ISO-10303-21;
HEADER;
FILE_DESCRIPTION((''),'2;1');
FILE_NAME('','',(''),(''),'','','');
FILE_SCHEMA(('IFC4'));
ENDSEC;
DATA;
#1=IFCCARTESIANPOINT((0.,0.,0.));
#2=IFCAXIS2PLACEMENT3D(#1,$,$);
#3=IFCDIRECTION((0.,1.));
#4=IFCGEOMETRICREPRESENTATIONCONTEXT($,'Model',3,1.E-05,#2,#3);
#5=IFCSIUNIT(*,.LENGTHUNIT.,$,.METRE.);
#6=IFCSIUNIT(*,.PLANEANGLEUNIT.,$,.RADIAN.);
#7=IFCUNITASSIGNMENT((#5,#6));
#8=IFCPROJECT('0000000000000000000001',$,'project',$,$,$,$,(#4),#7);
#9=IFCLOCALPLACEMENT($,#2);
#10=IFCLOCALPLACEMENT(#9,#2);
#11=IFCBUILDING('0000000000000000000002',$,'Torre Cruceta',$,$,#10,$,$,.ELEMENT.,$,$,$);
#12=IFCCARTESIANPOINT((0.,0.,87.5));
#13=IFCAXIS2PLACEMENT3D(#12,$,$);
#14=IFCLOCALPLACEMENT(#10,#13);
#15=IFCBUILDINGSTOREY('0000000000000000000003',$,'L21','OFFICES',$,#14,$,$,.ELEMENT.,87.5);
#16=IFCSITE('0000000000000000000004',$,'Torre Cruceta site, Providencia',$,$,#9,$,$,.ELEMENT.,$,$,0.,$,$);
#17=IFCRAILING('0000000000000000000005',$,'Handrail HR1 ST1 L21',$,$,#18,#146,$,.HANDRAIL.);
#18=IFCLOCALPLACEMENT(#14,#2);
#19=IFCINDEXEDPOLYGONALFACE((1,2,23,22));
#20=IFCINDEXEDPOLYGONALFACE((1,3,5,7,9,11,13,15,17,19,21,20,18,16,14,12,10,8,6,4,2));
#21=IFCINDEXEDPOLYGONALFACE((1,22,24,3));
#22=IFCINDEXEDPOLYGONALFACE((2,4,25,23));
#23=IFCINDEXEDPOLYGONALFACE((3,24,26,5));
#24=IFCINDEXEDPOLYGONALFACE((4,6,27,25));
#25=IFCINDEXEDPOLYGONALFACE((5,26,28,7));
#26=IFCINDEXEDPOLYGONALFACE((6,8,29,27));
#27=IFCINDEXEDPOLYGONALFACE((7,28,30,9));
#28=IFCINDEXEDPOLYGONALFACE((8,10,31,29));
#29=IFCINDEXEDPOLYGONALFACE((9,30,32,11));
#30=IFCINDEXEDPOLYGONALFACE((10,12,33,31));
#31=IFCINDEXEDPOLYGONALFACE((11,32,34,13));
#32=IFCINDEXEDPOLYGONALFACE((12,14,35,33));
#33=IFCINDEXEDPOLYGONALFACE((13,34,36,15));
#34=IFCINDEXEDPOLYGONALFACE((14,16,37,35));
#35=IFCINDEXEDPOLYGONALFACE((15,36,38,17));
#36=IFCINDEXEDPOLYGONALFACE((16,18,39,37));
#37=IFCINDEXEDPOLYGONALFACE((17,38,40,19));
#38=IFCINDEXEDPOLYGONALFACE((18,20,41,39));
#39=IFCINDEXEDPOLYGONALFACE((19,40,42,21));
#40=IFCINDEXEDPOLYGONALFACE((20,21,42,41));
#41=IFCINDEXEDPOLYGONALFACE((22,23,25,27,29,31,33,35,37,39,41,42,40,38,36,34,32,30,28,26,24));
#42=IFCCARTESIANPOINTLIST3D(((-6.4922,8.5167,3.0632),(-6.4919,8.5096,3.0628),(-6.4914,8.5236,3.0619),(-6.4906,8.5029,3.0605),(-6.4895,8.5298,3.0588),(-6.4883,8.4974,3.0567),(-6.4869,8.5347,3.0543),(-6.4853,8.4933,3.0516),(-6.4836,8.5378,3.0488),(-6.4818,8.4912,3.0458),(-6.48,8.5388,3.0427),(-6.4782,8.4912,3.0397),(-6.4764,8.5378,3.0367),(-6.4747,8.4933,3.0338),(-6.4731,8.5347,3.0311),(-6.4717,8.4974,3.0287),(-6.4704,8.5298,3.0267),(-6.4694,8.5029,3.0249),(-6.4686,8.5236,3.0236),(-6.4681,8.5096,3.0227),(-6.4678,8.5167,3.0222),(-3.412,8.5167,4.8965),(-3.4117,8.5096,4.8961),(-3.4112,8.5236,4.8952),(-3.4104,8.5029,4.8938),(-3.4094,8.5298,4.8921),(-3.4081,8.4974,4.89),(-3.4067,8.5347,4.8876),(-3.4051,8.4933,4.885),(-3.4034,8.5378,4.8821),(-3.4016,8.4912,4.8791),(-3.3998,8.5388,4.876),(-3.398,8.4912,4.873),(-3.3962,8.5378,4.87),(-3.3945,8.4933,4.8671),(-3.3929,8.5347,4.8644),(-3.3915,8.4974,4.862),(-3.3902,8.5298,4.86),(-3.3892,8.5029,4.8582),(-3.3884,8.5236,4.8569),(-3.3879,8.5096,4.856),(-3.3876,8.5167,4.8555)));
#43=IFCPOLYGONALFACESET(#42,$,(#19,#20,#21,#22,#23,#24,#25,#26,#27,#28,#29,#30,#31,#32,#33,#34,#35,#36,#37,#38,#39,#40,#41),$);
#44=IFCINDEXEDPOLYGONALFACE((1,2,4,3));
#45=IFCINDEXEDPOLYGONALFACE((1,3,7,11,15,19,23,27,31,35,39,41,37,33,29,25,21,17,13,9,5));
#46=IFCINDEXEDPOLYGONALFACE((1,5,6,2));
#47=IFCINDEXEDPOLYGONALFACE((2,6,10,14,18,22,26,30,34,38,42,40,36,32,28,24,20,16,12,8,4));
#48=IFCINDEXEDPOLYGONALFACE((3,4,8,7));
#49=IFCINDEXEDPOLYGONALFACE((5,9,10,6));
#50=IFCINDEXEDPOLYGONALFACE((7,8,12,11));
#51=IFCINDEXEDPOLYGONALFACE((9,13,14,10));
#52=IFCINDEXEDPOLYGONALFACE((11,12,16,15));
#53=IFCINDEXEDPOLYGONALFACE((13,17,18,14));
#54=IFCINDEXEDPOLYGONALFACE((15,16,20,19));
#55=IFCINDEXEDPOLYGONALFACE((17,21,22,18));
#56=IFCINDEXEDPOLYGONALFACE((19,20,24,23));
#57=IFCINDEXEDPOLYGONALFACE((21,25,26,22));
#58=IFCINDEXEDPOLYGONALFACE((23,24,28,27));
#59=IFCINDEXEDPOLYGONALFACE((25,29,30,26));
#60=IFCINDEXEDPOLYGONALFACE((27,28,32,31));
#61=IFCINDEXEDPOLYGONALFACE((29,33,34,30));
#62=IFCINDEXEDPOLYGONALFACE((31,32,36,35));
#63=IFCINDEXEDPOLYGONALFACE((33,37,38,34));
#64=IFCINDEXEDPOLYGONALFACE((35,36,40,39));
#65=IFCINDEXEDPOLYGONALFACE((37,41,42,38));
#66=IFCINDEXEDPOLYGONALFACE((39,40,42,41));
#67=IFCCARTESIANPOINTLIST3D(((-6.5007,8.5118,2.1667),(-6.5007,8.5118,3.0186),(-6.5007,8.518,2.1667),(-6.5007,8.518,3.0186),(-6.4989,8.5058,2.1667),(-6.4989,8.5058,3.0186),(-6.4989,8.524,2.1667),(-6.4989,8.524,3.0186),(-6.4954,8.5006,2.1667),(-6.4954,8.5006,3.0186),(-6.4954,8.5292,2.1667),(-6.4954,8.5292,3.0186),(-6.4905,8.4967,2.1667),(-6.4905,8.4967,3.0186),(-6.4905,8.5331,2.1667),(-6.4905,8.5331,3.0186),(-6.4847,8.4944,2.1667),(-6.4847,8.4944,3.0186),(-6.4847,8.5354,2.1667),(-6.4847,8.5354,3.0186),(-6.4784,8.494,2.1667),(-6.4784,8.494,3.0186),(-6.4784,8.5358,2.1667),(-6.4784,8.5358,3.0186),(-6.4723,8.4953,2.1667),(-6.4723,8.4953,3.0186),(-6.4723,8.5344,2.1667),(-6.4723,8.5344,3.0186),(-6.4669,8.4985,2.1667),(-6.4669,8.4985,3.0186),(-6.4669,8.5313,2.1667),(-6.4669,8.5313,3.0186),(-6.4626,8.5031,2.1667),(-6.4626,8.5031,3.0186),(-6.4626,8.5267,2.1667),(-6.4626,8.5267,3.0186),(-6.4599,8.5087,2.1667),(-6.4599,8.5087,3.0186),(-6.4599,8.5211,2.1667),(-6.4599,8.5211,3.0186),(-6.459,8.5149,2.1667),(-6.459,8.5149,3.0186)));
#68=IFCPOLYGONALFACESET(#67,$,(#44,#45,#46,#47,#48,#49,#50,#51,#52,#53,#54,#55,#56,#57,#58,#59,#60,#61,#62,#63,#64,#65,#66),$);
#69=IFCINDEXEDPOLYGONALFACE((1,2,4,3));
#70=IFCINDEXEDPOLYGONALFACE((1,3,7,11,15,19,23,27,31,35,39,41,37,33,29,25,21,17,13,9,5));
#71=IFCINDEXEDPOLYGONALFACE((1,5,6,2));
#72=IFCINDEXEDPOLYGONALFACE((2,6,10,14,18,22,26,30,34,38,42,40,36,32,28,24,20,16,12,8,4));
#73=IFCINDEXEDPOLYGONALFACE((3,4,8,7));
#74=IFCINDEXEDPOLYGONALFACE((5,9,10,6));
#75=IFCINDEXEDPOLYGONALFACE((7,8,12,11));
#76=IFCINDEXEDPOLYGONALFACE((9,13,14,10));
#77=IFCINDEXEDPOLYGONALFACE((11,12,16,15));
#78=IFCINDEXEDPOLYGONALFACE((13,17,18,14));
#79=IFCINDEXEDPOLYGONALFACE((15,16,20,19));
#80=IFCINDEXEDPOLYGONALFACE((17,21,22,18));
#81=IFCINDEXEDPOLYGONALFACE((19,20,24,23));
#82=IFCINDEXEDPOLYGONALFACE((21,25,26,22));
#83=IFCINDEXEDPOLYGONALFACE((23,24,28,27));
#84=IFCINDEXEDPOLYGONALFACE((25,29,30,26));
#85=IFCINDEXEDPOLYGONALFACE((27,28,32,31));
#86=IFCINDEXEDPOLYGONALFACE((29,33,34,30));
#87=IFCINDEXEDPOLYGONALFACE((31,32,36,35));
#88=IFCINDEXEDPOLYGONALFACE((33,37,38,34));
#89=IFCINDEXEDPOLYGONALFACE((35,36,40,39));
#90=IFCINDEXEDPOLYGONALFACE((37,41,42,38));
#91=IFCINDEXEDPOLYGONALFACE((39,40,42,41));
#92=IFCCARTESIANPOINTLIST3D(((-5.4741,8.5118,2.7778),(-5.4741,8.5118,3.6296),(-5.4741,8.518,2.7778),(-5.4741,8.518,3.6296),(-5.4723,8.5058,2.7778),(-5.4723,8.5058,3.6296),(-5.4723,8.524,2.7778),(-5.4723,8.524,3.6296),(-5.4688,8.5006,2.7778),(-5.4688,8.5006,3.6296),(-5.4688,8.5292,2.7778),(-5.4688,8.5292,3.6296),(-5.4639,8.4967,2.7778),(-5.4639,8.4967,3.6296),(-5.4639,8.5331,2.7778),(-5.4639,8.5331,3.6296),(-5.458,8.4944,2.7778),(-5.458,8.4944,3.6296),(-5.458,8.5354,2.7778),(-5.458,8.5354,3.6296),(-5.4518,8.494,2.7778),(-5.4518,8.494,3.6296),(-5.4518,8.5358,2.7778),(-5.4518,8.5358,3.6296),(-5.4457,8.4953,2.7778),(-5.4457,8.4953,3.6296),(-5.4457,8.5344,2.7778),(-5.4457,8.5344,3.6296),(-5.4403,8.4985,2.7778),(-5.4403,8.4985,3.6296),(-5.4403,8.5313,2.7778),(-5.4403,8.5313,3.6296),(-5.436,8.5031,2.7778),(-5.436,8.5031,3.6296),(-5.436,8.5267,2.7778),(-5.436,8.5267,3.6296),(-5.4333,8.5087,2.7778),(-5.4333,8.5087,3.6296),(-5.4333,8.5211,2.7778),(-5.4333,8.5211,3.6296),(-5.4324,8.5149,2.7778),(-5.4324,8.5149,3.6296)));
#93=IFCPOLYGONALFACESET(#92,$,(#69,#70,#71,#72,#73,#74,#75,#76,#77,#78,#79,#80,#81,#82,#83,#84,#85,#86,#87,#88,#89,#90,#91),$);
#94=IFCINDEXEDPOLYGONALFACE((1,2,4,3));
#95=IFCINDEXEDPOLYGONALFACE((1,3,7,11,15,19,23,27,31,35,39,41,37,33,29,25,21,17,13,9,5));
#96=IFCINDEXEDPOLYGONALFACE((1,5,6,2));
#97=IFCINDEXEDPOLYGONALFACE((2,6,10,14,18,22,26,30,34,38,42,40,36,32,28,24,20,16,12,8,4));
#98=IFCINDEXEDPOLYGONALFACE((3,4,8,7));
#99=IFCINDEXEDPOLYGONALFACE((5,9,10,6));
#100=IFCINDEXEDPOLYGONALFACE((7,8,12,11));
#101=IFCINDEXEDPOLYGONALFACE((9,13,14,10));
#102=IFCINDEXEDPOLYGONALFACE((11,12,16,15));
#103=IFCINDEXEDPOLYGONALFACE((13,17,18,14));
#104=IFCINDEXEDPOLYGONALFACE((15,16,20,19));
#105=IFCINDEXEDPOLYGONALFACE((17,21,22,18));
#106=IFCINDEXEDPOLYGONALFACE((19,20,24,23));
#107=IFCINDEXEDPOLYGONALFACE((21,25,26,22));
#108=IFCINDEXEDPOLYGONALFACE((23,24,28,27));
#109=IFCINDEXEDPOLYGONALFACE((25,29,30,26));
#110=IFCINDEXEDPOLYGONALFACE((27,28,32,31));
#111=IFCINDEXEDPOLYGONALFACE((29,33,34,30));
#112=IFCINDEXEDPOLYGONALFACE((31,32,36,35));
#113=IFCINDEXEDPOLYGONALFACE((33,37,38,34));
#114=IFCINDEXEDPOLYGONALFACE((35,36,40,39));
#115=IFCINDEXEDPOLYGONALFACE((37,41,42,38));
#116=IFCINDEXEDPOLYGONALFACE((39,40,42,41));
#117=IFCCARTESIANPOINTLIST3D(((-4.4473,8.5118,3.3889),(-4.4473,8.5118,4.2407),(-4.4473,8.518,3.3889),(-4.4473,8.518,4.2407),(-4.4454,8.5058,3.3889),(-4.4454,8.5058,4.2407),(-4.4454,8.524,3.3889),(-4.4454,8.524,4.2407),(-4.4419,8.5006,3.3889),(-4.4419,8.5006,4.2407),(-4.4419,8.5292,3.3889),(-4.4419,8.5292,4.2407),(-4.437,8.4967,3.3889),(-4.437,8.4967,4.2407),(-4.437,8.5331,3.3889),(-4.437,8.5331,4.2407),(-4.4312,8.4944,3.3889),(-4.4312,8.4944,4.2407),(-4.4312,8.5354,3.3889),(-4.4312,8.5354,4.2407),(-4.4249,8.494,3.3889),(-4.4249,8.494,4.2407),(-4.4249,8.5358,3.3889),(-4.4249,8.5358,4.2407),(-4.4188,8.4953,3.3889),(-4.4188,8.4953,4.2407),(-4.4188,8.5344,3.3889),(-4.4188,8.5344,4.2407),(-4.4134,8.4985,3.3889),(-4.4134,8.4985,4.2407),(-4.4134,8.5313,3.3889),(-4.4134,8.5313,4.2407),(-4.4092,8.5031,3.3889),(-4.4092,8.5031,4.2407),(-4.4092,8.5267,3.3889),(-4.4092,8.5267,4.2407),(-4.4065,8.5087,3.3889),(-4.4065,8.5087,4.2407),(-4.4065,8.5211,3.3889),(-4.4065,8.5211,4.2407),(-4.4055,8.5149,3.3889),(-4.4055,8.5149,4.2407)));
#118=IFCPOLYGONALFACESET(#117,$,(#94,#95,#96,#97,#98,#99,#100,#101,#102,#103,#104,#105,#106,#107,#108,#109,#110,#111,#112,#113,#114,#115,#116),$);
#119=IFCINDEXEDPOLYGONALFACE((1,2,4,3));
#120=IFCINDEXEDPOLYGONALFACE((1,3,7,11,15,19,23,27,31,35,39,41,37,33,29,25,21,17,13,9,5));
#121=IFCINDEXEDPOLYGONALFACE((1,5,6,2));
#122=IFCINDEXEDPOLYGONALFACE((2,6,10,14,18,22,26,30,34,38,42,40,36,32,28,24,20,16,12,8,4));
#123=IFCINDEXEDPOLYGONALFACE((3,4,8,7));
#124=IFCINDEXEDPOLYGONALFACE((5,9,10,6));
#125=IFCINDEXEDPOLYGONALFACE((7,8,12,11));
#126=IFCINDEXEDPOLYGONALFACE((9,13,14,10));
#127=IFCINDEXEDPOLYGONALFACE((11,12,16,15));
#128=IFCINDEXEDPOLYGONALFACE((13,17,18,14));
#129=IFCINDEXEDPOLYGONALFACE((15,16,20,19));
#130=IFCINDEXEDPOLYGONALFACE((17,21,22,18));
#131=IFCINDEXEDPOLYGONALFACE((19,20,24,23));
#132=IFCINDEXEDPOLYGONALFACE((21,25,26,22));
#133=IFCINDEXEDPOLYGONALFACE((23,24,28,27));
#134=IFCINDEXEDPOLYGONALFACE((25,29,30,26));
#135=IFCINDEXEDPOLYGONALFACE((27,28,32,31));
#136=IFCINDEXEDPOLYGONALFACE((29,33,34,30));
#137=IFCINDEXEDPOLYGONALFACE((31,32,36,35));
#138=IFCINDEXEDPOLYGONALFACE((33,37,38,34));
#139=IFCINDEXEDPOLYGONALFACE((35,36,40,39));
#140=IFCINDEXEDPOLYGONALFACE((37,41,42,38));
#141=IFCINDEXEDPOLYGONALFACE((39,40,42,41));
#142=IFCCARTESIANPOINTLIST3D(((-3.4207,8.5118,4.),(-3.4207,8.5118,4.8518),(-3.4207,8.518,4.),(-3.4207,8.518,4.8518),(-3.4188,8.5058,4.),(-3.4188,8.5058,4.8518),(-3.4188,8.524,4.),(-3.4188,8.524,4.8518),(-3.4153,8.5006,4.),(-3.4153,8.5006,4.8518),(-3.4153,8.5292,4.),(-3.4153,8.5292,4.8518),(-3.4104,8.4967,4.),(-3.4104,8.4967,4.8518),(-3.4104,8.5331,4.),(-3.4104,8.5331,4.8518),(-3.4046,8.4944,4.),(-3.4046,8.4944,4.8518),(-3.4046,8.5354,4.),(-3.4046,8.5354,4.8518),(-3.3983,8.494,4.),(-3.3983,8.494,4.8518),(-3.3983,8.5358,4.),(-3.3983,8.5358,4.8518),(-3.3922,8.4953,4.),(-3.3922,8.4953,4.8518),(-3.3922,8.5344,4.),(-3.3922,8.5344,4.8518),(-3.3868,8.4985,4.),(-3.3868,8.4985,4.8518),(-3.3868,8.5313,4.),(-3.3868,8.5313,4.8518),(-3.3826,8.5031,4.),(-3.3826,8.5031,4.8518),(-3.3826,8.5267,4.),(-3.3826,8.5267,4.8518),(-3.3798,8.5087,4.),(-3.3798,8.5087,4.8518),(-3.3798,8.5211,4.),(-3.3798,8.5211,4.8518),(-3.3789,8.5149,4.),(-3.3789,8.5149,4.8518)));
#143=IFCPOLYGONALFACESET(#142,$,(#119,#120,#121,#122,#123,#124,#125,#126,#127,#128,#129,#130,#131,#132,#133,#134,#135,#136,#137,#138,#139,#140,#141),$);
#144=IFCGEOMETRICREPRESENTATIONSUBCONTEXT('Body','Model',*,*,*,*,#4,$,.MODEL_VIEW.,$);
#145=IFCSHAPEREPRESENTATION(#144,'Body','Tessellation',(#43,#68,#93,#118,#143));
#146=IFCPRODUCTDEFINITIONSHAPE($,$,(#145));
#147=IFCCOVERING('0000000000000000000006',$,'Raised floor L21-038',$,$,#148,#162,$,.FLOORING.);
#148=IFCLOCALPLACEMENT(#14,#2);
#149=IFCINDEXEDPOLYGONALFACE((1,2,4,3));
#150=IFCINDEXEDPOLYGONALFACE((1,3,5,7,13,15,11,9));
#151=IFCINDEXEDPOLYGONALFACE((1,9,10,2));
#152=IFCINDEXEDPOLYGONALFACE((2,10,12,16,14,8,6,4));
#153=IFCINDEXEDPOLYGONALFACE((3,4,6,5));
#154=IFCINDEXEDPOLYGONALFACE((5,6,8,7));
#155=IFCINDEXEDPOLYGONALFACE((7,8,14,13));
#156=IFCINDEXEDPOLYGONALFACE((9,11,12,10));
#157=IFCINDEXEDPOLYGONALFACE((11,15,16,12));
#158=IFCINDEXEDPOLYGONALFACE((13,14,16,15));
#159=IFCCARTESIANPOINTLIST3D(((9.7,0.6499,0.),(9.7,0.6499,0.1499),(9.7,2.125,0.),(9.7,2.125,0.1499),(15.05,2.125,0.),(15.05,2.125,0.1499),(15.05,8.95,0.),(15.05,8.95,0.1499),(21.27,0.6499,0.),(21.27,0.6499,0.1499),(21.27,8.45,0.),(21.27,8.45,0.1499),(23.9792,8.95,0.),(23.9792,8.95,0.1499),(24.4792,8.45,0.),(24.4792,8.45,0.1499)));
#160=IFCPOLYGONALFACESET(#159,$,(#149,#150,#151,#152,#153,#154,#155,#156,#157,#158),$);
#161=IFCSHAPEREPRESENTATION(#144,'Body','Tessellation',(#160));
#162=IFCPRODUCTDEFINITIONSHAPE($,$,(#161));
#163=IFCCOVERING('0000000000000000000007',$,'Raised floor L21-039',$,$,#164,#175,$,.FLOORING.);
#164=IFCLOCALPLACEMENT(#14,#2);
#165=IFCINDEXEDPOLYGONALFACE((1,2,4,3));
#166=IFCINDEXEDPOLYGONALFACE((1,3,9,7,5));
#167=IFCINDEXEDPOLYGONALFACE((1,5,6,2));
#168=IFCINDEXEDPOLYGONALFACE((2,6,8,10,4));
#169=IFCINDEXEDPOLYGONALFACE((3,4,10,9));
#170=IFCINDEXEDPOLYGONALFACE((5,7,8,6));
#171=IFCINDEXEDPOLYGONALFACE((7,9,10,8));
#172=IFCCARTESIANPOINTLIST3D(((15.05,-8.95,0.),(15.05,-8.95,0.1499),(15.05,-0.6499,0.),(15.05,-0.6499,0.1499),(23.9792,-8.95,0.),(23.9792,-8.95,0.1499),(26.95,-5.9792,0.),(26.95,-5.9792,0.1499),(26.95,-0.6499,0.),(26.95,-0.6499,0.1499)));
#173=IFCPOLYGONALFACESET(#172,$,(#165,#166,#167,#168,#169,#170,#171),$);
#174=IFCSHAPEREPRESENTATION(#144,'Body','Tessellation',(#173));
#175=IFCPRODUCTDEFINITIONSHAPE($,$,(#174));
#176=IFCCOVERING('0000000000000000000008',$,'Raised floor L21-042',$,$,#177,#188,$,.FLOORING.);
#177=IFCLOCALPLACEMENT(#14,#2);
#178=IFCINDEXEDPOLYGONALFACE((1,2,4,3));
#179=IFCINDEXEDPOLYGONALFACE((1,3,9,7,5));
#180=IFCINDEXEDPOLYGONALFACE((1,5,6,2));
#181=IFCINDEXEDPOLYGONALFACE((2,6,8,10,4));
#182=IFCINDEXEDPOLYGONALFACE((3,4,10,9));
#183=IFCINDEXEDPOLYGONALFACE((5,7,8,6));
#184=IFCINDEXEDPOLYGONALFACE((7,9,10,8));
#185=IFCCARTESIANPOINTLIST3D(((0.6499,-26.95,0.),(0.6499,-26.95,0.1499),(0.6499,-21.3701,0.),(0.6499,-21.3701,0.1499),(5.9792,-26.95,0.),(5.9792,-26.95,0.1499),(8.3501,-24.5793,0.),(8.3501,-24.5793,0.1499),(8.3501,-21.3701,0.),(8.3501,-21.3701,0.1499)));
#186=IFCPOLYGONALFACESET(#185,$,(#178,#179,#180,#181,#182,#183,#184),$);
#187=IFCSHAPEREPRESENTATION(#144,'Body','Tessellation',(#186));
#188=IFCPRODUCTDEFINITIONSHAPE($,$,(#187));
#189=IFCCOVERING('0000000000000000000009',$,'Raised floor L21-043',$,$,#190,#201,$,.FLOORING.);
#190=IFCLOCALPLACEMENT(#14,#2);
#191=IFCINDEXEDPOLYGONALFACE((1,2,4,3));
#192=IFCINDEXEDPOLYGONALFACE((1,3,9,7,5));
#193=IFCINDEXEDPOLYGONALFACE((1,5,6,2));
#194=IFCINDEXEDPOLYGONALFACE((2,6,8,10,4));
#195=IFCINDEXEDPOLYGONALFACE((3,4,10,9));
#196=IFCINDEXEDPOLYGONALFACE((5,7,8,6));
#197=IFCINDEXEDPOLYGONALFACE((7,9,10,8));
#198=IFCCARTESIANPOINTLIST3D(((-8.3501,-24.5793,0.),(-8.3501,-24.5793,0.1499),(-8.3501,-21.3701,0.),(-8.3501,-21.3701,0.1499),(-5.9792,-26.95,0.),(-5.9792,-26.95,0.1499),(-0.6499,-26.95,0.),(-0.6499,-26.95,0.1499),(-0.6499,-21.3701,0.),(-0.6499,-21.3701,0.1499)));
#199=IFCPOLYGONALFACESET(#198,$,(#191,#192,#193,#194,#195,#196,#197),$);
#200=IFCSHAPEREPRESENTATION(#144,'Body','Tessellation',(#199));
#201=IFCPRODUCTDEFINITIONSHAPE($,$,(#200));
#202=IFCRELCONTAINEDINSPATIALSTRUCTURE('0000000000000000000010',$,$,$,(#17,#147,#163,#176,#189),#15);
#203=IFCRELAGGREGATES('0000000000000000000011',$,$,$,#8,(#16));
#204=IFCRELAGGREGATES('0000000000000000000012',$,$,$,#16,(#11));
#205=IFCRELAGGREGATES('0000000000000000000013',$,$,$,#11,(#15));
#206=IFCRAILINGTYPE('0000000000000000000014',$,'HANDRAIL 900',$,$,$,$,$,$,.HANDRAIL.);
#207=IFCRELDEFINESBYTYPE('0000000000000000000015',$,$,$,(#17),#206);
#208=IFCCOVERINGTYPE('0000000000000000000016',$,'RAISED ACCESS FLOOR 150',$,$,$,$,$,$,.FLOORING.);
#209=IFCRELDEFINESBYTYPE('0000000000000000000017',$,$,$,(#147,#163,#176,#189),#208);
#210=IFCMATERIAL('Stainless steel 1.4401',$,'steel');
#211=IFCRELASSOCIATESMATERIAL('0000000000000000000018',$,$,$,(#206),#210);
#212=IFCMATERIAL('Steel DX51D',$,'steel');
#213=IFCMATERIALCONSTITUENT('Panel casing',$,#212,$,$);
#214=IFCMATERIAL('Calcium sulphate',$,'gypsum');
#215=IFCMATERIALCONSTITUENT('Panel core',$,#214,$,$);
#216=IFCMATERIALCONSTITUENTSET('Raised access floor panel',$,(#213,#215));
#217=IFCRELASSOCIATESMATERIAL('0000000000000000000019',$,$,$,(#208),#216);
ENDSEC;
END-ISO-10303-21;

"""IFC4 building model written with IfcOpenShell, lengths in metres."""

from ifc_helpers import new_model, si_unit, direction, frame, origin, origin_2d, place, context, subcontext, project, spatial, polyline, circle, outline, extrude, material, constituent, constituent_set, type_object, element, save


model = new_model("IFC4")

# Units and contexts
model_context = context("Model", 3, precision=1e-05, world=origin(), true_north=direction((0.0, 1.0)))
body_context = subcontext(model_context, "Body", "Model", "MODEL_VIEW")
ifc_project = project(units=[si_unit("LENGTHUNIT", "METRE"), si_unit("PLANEANGLEUNIT", "RADIAN")], contexts=[model_context])

# Site, building, storey
site_placement = place(None, origin())
site = spatial("IfcSite", under=ifc_project, at=site_placement, Name="Torre Cruceta site, Providencia", CompositionType="ELEMENT", RefElevation=0.0)
building_placement = place(site_placement, origin())
building = spatial("IfcBuilding", under=site, at=building_placement, Name="Torre Cruceta", CompositionType="ELEMENT")
storey_placement = place(building_placement, frame((0.0, 0.0, 87.5)))
storey = spatial("IfcBuildingStorey", under=building, at=storey_placement, Name="L21", Description="OFFICES", CompositionType="ELEMENT", Elevation=87.5)

# Railing
ifc_material_1 = material(Name="Stainless steel 1.4401", Category="steel")
railing_type = type_object("IfcRailingType", Name="HANDRAIL 900", PredefinedType="HANDRAIL", material=ifc_material_1)
railing_1_placement = place(storey_placement, frame((-6.48, 8.5149, 2.1667)))
element("IfcRailing", 1, at=railing_1_placement, inside=storey, type_object=railing_type, Name="Handrail HR1 ST1 L21", PredefinedType="HANDRAIL", context=body_context, shape_type="SweptSolid", body=[
    extrude(circle(Radius=0.0239, at=origin_2d()), frame((0.0, 0.0, 0.876), z_axis=(0.859309, 0.0, 0.511458), x_axis=(0.0, 1.0, 0.0)), (0.0, 0.0, 1.0), 3.5845),
    extrude(circle(Radius=0.021, at=origin_2d()), origin(), (0.0, 0.0, 1.0), 0.8518),
    extrude(circle(Radius=0.021, at=origin_2d()), frame((1.0266, 0.0, 0.6111)), (0.0, 0.0, 1.0), 0.8518),
    extrude(circle(Radius=0.021, at=origin_2d()), frame((2.0535, 0.0, 1.2222)), (0.0, 0.0, 1.0), 0.8518),
    extrude(circle(Radius=0.021, at=origin_2d()), frame((3.0801, 0.0, 1.8333)), (0.0, 0.0, 1.0), 0.8518),
])

# Coverings
ifc_material_2 = material(Name="Steel DX51D", Category="steel")
ifc_constituent_1 = constituent(ifc_material_2, Name="Panel casing")
ifc_material_3 = material(Name="Calcium sulphate", Category="gypsum")
ifc_constituent_2 = constituent(ifc_material_3, Name="Panel core")
ifc_constituent_set_1 = constituent_set(constituents=[ifc_constituent_1, ifc_constituent_2], Name="Raised access floor panel")
covering_type_1 = type_object("IfcCoveringType", Name="RAISED ACCESS FLOOR 150", PredefinedType="FLOORING", material=ifc_constituent_set_1)
covering_1_placement = place(storey_placement, origin())
element("IfcCovering", 2, at=covering_1_placement, inside=storey, type_object=covering_type_1, Name="Raised floor L21-038", PredefinedType="FLOORING", context=body_context, shape_type="SweptSolid", body=[
    extrude(outline(polyline([(9.7, 2.125), (15.05, 2.125), (15.05, 8.95), (23.9792, 8.95), (24.4792, 8.45), (21.27, 8.45), (21.27, 0.6499), (9.7, 0.6499), (9.7, 2.125)])), origin(), (0.0, 0.0, 1.0), 0.1499),
])
covering_2_placement = place(storey_placement, origin())
element("IfcCovering", 3, at=covering_2_placement, inside=storey, type_object=covering_type_1, Name="Raised floor L21-039", PredefinedType="FLOORING", context=body_context, shape_type="SweptSolid", body=[
    extrude(outline(polyline([(23.9792, -8.95), (15.05, -8.95), (15.05, -0.6499), (26.95, -0.6499), (26.95, -5.9792), (23.9792, -8.95)])), origin(), (0.0, 0.0, 1.0), 0.1499),
])
covering_3_placement = place(storey_placement, origin())
element("IfcCovering", 4, at=covering_3_placement, inside=storey, type_object=covering_type_1, Name="Raised floor L21-042", PredefinedType="FLOORING", context=body_context, shape_type="SweptSolid", body=[
    extrude(outline(polyline([(0.6499, -26.95), (0.6499, -21.3701), (8.3501, -21.3701), (8.3501, -24.5793), (5.9792, -26.95), (0.6499, -26.95)])), origin(), (0.0, 0.0, 1.0), 0.1499),
])
covering_4_placement = place(storey_placement, origin())
element("IfcCovering", 5, at=covering_4_placement, inside=storey, type_object=covering_type_1, Name="Raised floor L21-043", PredefinedType="FLOORING", context=body_context, shape_type="SweptSolid", body=[
    extrude(outline(polyline([(-8.3501, -24.5793), (-8.3501, -21.3701), (-0.6499, -21.3701), (-0.6499, -26.95), (-5.9792, -26.95), (-8.3501, -24.5793)])), origin(), (0.0, 0.0, 1.0), 0.1499),
])

save(model, "model.ifc")
